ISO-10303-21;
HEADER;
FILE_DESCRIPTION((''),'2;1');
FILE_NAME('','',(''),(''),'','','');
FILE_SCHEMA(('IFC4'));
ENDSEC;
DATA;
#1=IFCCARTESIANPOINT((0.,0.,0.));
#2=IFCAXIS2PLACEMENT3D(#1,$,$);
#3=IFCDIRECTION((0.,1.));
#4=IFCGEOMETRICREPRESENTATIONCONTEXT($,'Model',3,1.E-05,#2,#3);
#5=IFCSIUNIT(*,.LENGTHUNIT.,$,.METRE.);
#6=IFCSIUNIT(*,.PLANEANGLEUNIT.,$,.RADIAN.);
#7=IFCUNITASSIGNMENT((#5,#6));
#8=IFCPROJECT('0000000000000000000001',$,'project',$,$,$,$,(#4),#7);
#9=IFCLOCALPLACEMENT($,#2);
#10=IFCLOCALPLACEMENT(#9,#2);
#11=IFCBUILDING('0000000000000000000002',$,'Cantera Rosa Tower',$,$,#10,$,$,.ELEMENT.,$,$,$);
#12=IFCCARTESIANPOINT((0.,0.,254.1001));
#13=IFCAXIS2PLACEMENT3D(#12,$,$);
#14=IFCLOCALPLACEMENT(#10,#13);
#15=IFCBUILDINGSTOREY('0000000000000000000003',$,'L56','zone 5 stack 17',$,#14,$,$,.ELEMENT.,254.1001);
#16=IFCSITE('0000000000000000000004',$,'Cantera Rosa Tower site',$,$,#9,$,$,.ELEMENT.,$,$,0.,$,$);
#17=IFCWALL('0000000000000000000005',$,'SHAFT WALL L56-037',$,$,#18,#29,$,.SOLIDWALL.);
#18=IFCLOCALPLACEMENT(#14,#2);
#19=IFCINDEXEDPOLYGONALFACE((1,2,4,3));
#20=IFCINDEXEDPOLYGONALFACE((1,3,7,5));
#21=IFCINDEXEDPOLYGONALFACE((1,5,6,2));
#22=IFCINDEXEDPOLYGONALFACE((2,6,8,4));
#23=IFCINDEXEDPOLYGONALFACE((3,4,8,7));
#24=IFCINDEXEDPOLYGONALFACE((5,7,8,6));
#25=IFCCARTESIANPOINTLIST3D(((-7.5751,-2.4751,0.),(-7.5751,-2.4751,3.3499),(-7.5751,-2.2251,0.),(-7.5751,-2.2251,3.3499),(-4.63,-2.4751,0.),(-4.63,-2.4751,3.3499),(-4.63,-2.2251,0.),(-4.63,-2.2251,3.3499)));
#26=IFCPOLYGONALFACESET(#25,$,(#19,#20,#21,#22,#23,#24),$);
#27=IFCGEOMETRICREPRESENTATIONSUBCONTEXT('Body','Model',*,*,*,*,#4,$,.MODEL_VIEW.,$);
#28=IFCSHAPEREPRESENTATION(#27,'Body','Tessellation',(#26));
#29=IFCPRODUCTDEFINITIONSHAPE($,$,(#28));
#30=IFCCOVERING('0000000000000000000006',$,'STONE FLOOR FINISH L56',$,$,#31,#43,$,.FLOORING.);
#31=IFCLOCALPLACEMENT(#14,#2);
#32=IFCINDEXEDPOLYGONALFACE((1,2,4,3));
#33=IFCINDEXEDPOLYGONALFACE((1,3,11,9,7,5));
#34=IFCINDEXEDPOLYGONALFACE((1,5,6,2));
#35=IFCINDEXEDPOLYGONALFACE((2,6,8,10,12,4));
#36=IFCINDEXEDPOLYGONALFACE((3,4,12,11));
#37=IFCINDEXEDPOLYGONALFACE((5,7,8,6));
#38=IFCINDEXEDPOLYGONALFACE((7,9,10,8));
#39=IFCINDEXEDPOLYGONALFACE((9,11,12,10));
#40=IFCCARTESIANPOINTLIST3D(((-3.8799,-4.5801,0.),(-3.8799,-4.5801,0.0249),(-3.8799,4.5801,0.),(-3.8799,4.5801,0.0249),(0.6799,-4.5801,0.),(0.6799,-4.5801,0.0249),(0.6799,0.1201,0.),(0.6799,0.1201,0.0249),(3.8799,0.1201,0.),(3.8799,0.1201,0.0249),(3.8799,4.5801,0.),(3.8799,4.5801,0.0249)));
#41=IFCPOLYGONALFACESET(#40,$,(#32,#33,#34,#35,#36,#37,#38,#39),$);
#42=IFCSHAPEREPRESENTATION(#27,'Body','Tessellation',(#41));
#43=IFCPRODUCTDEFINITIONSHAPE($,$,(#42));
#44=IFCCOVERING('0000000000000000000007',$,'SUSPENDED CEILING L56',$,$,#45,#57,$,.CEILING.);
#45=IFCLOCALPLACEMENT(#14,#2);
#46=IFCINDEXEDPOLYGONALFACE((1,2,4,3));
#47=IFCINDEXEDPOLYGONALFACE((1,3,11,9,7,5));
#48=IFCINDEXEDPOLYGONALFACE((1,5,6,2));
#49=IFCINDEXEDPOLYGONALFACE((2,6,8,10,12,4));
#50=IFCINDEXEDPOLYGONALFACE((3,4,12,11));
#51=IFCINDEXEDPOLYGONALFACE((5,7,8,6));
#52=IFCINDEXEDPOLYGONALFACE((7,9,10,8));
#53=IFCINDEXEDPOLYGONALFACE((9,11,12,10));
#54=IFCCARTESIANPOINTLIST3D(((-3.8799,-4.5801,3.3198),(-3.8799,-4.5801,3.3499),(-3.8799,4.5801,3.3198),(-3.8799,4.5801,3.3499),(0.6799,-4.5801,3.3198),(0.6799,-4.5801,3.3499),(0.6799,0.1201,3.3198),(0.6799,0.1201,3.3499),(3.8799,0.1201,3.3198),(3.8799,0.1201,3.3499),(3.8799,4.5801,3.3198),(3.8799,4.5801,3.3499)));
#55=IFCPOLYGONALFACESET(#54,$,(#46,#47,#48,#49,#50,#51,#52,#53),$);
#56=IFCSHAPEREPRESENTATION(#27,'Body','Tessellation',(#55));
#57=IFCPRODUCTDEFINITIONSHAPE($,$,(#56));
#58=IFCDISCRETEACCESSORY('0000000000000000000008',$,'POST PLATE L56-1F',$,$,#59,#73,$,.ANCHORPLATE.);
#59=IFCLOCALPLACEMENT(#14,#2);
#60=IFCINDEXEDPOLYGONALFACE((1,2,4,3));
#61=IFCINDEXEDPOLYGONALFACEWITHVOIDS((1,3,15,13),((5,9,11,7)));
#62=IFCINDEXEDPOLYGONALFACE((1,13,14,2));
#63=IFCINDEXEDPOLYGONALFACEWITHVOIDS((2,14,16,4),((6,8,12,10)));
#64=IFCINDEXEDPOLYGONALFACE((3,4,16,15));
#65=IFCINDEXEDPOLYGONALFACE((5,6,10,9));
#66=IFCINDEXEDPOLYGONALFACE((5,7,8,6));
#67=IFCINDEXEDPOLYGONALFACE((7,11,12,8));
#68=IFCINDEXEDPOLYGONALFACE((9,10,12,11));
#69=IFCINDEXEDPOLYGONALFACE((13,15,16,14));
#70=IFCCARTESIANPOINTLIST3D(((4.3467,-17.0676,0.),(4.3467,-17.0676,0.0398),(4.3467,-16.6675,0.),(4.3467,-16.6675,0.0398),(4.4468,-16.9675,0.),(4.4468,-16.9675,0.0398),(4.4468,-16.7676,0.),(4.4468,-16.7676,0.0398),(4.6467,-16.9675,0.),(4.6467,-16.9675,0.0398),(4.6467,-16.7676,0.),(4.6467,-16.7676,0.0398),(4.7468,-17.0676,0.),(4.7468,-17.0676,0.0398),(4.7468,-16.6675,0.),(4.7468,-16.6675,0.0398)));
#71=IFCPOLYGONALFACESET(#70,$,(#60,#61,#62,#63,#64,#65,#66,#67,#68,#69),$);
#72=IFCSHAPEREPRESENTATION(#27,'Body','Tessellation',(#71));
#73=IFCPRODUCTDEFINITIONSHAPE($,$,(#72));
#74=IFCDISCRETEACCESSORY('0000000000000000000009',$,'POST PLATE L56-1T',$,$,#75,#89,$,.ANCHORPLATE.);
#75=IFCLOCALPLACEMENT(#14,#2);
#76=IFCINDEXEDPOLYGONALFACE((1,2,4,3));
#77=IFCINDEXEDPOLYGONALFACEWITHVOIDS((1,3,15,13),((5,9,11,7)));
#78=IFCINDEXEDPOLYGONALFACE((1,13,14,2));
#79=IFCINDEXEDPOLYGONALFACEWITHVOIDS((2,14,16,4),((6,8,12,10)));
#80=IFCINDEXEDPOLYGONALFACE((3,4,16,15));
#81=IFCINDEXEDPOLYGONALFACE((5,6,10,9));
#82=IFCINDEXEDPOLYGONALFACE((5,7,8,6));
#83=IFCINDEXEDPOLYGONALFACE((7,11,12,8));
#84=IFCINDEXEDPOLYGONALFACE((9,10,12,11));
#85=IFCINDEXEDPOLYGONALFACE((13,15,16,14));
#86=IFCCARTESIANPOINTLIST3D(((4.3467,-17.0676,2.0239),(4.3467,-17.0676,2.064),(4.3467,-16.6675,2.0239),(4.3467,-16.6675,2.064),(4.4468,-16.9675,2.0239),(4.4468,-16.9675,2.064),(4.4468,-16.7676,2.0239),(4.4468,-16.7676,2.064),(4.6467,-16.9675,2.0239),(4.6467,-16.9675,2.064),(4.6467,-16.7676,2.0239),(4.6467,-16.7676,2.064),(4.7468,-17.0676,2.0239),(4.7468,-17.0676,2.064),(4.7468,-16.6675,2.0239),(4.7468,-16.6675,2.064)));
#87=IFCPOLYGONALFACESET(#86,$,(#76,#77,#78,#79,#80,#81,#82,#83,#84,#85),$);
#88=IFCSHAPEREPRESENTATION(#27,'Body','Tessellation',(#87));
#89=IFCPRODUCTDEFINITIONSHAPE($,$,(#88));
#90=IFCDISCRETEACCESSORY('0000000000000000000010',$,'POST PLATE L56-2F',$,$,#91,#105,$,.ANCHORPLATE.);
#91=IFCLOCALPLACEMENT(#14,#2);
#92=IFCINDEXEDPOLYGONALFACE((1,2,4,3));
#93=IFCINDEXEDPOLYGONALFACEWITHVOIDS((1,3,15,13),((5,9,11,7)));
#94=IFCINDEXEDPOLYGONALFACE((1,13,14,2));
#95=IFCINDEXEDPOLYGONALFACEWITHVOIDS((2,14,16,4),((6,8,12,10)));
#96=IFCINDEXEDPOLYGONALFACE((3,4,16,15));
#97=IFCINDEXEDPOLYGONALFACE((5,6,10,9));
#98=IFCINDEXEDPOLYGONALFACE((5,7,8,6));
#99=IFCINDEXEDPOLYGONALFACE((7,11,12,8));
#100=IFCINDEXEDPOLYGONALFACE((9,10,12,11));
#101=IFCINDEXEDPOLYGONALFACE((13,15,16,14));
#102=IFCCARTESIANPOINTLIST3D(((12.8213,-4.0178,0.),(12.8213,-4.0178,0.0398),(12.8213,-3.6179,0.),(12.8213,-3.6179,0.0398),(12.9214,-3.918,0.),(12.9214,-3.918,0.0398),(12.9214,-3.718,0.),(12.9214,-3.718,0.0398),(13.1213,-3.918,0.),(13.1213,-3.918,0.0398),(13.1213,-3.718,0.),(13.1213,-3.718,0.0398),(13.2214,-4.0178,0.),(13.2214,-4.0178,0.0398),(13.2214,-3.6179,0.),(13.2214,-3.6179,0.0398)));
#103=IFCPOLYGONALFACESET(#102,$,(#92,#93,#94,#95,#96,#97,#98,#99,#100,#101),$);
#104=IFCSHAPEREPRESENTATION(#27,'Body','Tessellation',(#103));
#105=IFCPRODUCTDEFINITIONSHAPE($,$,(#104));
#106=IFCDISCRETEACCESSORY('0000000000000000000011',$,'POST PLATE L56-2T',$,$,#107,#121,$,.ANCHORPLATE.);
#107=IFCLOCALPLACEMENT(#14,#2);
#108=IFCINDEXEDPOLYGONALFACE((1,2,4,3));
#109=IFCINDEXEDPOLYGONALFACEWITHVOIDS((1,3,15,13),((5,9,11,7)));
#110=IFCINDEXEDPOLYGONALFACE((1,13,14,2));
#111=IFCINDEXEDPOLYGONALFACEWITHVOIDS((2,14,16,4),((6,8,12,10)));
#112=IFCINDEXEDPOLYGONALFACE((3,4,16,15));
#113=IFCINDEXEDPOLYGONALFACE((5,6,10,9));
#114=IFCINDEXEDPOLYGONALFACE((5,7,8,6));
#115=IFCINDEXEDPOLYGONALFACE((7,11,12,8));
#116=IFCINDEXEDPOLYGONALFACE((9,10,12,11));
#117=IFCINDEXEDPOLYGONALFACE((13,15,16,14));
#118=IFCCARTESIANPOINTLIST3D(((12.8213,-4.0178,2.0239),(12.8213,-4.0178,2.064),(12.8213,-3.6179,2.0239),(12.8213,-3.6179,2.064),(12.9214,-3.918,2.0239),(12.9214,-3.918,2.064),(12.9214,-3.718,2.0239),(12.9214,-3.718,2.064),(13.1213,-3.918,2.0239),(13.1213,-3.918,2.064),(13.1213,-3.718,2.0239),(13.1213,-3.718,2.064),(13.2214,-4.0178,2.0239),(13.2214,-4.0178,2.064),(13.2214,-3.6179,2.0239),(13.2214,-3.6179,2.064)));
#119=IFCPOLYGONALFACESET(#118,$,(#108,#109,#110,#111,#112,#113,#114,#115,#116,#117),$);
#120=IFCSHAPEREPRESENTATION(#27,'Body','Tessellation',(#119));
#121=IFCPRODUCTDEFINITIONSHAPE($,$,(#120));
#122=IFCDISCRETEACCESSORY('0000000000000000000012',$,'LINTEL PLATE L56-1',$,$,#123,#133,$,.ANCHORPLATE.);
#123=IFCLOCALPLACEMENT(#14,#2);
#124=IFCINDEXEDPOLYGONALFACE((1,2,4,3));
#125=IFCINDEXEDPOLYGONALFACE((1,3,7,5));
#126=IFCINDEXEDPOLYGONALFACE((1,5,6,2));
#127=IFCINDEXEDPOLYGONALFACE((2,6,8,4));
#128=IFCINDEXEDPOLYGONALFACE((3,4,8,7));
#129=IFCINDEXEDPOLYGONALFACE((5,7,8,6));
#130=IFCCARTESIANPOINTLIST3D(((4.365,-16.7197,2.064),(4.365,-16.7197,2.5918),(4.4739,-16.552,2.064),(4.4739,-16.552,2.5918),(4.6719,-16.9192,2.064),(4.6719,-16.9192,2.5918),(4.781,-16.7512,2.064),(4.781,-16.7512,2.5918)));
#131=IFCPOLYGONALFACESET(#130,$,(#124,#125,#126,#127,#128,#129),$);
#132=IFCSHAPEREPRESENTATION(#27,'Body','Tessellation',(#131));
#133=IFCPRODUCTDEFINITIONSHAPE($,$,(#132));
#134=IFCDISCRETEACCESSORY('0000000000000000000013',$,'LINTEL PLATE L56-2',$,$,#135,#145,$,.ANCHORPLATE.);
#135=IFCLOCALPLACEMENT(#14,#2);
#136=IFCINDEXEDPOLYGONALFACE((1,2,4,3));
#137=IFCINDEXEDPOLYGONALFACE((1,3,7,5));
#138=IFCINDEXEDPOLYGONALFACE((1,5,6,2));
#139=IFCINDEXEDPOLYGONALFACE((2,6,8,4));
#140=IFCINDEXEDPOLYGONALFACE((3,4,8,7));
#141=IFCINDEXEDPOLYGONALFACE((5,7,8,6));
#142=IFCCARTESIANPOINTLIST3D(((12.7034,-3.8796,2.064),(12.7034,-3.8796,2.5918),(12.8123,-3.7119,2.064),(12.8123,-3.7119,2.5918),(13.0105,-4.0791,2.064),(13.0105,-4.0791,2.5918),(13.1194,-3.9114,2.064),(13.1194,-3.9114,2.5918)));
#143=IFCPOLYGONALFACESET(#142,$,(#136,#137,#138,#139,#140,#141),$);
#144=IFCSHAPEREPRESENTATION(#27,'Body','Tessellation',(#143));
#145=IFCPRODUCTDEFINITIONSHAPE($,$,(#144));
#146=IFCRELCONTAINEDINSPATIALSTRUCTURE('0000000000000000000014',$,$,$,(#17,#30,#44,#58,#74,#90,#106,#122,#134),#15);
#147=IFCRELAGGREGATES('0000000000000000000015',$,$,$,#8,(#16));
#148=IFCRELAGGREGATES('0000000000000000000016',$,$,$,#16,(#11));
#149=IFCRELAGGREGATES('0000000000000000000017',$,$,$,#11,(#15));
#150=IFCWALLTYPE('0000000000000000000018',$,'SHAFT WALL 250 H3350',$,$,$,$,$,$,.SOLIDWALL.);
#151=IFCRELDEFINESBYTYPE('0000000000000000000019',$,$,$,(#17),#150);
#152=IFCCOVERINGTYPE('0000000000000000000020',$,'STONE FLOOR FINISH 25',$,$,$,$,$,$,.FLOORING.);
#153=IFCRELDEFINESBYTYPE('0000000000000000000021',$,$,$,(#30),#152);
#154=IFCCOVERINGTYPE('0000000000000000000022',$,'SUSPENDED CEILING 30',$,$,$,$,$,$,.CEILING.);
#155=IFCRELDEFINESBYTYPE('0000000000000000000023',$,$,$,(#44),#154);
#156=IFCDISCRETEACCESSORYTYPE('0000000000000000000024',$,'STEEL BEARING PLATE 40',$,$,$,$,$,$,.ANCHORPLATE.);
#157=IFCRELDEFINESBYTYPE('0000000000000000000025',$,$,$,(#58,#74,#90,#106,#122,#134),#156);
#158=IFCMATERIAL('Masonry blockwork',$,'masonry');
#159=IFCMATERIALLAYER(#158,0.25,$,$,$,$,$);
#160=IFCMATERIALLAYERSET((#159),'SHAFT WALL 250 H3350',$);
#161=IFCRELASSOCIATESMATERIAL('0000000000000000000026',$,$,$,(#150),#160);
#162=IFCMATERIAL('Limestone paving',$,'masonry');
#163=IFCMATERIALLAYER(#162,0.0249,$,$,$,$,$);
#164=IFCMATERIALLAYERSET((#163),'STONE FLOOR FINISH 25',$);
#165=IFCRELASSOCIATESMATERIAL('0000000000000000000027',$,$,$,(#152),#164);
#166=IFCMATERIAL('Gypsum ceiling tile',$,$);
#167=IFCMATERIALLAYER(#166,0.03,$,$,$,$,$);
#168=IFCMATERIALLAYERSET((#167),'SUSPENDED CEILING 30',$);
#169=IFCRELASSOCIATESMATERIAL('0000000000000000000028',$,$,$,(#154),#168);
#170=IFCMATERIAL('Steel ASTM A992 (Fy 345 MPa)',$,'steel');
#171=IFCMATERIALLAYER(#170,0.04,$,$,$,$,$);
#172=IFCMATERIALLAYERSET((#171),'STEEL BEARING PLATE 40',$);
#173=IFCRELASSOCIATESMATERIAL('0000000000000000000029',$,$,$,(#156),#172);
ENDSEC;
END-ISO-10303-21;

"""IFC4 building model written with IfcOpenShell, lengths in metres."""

from ifc_helpers import new_model, si_unit, direction, frame, frame_2d, origin, place, context, subcontext, project, spatial, polyline, rectangle, outline, extrude, material, layer, layer_set, type_object, element, save


model = new_model("IFC4")

# Units and contexts
model_context = context("Model", 3, precision=1e-05, world=origin(), true_north=direction((0.0, 1.0)))
body_context = subcontext(model_context, "Body", "Model", "MODEL_VIEW")
ifc_project = project(units=[si_unit("LENGTHUNIT", "METRE"), si_unit("PLANEANGLEUNIT", "RADIAN")], contexts=[model_context])

# Site, building, storey
site_placement = place(None, origin())
site = spatial("IfcSite", under=ifc_project, at=site_placement, Name="Cantera Rosa Tower site", CompositionType="ELEMENT", RefElevation=0.0)
building_placement = place(site_placement, origin())
building = spatial("IfcBuilding", under=site, at=building_placement, Name="Cantera Rosa Tower", CompositionType="ELEMENT")
storey_placement = place(building_placement, frame((0.0, 0.0, 254.1001)))
storey = spatial("IfcBuildingStorey", under=building, at=storey_placement, Name="L56", Description="zone 5 stack 17", CompositionType="ELEMENT", Elevation=254.1001)

# Wall
ifc_material_1 = material(Name="Masonry blockwork", Category="masonry")
ifc_layer_1 = layer(ifc_material_1, 0.25)
ifc_layer_set_1 = layer_set([ifc_layer_1], Name="SHAFT WALL 250 H3350")
wall_type_1 = type_object("IfcWallType", Name="SHAFT WALL 250 H3350", PredefinedType="SOLIDWALL", material=ifc_layer_set_1)
wall_1_placement = place(storey_placement, frame((-4.6299, -2.3501, 0.0), z_axis=(0.0, 0.0, 1.0), x_axis=(-1.0, 0.0, 0.0)))
element("IfcWall", 1, at=wall_1_placement, inside=storey, type_object=wall_type_1, Name="SHAFT WALL L56-037", PredefinedType="SOLIDWALL", context=body_context, shape_type="SweptSolid", body=[
    extrude(rectangle(XDim=2.9451, YDim=0.25, at=frame_2d((1.4727, 0.0))), origin(), (0.0, 0.0, 1.0), 3.3499),
])

# Coverings
ifc_material_2 = material(Name="Limestone paving", Category="masonry")
ifc_layer_2 = layer(ifc_material_2, 0.0249)
ifc_layer_set_2 = layer_set([ifc_layer_2], Name="STONE FLOOR FINISH 25")
covering_type_1 = type_object("IfcCoveringType", Name="STONE FLOOR FINISH 25", PredefinedType="FLOORING", material=ifc_layer_set_2)
covering_1_placement = place(storey_placement, origin())
element("IfcCovering", 2, at=covering_1_placement, inside=storey, type_object=covering_type_1, Name="STONE FLOOR FINISH L56", PredefinedType="FLOORING", context=body_context, shape_type="SweptSolid", body=[
    extrude(outline(polyline([(3.8799, 4.5801), (3.8799, 0.1201), (0.6799, 0.1201), (0.6799, -4.5801), (-3.8799, -4.5801), (-3.8799, 4.5801), (3.8799, 4.5801)])), origin(), (0.0, 0.0, 1.0), 0.0249),
])
ifc_material_3 = material(Name="Gypsum ceiling tile")
ifc_layer_3 = layer(ifc_material_3, 0.03)
ifc_layer_set_3 = layer_set([ifc_layer_3], Name="SUSPENDED CEILING 30")
covering_type_2 = type_object("IfcCoveringType", Name="SUSPENDED CEILING 30", PredefinedType="CEILING", material=ifc_layer_set_3)
covering_2_placement = place(storey_placement, frame((0.0, 0.0, 3.3198)))
element("IfcCovering", 3, at=covering_2_placement, inside=storey, type_object=covering_type_2, Name="SUSPENDED CEILING L56", PredefinedType="CEILING", context=body_context, shape_type="SweptSolid", body=[
    extrude(outline(polyline([(3.8799, 4.5801), (3.8799, 0.1201), (0.6799, 0.1201), (0.6799, -4.5801), (-3.8799, -4.5801), (-3.8799, 4.5801), (3.8799, 4.5801)])), origin(), (0.0, 0.0, 1.0), 0.03),
])

# Discrete accessories
ifc_material_4 = material(Name="Steel ASTM A992 (Fy 345 MPa)", Category="steel")
ifc_layer_4 = layer(ifc_material_4, 0.04)
ifc_layer_set_4 = layer_set([ifc_layer_4], Name="STEEL BEARING PLATE 40")
discrete_accessory_type = type_object("IfcDiscreteAccessoryType", Name="STEEL BEARING PLATE 40", PredefinedType="ANCHORPLATE", material=ifc_layer_set_4)
discrete_accessory_1_placement = place(storey_placement, origin())
element("IfcDiscreteAccessory", 4, at=discrete_accessory_1_placement, inside=storey, type_object=discrete_accessory_type, Name="POST PLATE L56-1F", PredefinedType="ANCHORPLATE", context=body_context, shape_type="SweptSolid", body=[
    extrude(outline(polyline([(4.3467, -17.0676), (4.7468, -17.0676), (4.7468, -16.6675), (4.3467, -16.6675), (4.3467, -17.0676)]), holes=[polyline([(4.4468, -16.9675), (4.6467, -16.9675), (4.6467, -16.7676), (4.4468, -16.7676), (4.4468, -16.9675)])]), origin(), (0.0, 0.0, 1.0), 0.0398),
])
discrete_accessory_2_placement = place(storey_placement, frame((0.0, 0.0, 2.0239)))
element("IfcDiscreteAccessory", 5, at=discrete_accessory_2_placement, inside=storey, type_object=discrete_accessory_type, Name="POST PLATE L56-1T", PredefinedType="ANCHORPLATE", context=body_context, shape_type="SweptSolid", body=[
    extrude(outline(polyline([(4.3467, -17.0676), (4.7468, -17.0676), (4.7468, -16.6675), (4.3467, -16.6675), (4.3467, -17.0676)]), holes=[polyline([(4.4468, -16.9675), (4.6467, -16.9675), (4.6467, -16.7676), (4.4468, -16.7676), (4.4468, -16.9675)])]), origin(), (0.0, 0.0, 1.0), 0.04),
])
discrete_accessory_3_placement = place(storey_placement, origin())
element("IfcDiscreteAccessory", 6, at=discrete_accessory_3_placement, inside=storey, type_object=discrete_accessory_type, Name="POST PLATE L56-2F", PredefinedType="ANCHORPLATE", context=body_context, shape_type="SweptSolid", body=[
    extrude(outline(polyline([(12.8213, -4.0178), (13.2214, -4.0178), (13.2214, -3.6179), (12.8213, -3.6179), (12.8213, -4.0178)]), holes=[polyline([(12.9214, -3.918), (13.1213, -3.918), (13.1213, -3.718), (12.9214, -3.718), (12.9214, -3.918)])]), origin(), (0.0, 0.0, 1.0), 0.0398),
])
discrete_accessory_4_placement = place(storey_placement, frame((0.0, 0.0, 2.0239)))
element("IfcDiscreteAccessory", 7, at=discrete_accessory_4_placement, inside=storey, type_object=discrete_accessory_type, Name="POST PLATE L56-2T", PredefinedType="ANCHORPLATE", context=body_context, shape_type="SweptSolid", body=[
    extrude(outline(polyline([(12.8213, -4.0178), (13.2214, -4.0178), (13.2214, -3.6179), (12.8213, -3.6179), (12.8213, -4.0178)]), holes=[polyline([(12.9214, -3.918), (13.1213, -3.918), (13.1213, -3.718), (12.9214, -3.718), (12.9214, -3.918)])]), origin(), (0.0, 0.0, 1.0), 0.04),
])
discrete_accessory_5_placement = place(storey_placement, frame((0.0, 0.0, 2.064)))
element("IfcDiscreteAccessory", 8, at=discrete_accessory_5_placement, inside=storey, type_object=discrete_accessory_type, Name="LINTEL PLATE L56-1", PredefinedType="ANCHORPLATE", context=body_context, shape_type="SweptSolid", body=[
    extrude(outline(polyline([(4.4739, -16.552), (4.365, -16.7197), (4.6719, -16.9192), (4.781, -16.7512), (4.4739, -16.552)])), origin(), (0.0, 0.0, 1.0), 0.5278),
])
discrete_accessory_6_placement = place(storey_placement, frame((0.0, 0.0, 2.064)))
element("IfcDiscreteAccessory", 9, at=discrete_accessory_6_placement, inside=storey, type_object=discrete_accessory_type, Name="LINTEL PLATE L56-2", PredefinedType="ANCHORPLATE", context=body_context, shape_type="SweptSolid", body=[
    extrude(outline(polyline([(13.0105, -4.0791), (13.1194, -3.9114), (12.8123, -3.7119), (12.7034, -3.8796), (13.0105, -4.0791)])), origin(), (0.0, 0.0, 1.0), 0.5278),
])

save(model, "model.ifc")
